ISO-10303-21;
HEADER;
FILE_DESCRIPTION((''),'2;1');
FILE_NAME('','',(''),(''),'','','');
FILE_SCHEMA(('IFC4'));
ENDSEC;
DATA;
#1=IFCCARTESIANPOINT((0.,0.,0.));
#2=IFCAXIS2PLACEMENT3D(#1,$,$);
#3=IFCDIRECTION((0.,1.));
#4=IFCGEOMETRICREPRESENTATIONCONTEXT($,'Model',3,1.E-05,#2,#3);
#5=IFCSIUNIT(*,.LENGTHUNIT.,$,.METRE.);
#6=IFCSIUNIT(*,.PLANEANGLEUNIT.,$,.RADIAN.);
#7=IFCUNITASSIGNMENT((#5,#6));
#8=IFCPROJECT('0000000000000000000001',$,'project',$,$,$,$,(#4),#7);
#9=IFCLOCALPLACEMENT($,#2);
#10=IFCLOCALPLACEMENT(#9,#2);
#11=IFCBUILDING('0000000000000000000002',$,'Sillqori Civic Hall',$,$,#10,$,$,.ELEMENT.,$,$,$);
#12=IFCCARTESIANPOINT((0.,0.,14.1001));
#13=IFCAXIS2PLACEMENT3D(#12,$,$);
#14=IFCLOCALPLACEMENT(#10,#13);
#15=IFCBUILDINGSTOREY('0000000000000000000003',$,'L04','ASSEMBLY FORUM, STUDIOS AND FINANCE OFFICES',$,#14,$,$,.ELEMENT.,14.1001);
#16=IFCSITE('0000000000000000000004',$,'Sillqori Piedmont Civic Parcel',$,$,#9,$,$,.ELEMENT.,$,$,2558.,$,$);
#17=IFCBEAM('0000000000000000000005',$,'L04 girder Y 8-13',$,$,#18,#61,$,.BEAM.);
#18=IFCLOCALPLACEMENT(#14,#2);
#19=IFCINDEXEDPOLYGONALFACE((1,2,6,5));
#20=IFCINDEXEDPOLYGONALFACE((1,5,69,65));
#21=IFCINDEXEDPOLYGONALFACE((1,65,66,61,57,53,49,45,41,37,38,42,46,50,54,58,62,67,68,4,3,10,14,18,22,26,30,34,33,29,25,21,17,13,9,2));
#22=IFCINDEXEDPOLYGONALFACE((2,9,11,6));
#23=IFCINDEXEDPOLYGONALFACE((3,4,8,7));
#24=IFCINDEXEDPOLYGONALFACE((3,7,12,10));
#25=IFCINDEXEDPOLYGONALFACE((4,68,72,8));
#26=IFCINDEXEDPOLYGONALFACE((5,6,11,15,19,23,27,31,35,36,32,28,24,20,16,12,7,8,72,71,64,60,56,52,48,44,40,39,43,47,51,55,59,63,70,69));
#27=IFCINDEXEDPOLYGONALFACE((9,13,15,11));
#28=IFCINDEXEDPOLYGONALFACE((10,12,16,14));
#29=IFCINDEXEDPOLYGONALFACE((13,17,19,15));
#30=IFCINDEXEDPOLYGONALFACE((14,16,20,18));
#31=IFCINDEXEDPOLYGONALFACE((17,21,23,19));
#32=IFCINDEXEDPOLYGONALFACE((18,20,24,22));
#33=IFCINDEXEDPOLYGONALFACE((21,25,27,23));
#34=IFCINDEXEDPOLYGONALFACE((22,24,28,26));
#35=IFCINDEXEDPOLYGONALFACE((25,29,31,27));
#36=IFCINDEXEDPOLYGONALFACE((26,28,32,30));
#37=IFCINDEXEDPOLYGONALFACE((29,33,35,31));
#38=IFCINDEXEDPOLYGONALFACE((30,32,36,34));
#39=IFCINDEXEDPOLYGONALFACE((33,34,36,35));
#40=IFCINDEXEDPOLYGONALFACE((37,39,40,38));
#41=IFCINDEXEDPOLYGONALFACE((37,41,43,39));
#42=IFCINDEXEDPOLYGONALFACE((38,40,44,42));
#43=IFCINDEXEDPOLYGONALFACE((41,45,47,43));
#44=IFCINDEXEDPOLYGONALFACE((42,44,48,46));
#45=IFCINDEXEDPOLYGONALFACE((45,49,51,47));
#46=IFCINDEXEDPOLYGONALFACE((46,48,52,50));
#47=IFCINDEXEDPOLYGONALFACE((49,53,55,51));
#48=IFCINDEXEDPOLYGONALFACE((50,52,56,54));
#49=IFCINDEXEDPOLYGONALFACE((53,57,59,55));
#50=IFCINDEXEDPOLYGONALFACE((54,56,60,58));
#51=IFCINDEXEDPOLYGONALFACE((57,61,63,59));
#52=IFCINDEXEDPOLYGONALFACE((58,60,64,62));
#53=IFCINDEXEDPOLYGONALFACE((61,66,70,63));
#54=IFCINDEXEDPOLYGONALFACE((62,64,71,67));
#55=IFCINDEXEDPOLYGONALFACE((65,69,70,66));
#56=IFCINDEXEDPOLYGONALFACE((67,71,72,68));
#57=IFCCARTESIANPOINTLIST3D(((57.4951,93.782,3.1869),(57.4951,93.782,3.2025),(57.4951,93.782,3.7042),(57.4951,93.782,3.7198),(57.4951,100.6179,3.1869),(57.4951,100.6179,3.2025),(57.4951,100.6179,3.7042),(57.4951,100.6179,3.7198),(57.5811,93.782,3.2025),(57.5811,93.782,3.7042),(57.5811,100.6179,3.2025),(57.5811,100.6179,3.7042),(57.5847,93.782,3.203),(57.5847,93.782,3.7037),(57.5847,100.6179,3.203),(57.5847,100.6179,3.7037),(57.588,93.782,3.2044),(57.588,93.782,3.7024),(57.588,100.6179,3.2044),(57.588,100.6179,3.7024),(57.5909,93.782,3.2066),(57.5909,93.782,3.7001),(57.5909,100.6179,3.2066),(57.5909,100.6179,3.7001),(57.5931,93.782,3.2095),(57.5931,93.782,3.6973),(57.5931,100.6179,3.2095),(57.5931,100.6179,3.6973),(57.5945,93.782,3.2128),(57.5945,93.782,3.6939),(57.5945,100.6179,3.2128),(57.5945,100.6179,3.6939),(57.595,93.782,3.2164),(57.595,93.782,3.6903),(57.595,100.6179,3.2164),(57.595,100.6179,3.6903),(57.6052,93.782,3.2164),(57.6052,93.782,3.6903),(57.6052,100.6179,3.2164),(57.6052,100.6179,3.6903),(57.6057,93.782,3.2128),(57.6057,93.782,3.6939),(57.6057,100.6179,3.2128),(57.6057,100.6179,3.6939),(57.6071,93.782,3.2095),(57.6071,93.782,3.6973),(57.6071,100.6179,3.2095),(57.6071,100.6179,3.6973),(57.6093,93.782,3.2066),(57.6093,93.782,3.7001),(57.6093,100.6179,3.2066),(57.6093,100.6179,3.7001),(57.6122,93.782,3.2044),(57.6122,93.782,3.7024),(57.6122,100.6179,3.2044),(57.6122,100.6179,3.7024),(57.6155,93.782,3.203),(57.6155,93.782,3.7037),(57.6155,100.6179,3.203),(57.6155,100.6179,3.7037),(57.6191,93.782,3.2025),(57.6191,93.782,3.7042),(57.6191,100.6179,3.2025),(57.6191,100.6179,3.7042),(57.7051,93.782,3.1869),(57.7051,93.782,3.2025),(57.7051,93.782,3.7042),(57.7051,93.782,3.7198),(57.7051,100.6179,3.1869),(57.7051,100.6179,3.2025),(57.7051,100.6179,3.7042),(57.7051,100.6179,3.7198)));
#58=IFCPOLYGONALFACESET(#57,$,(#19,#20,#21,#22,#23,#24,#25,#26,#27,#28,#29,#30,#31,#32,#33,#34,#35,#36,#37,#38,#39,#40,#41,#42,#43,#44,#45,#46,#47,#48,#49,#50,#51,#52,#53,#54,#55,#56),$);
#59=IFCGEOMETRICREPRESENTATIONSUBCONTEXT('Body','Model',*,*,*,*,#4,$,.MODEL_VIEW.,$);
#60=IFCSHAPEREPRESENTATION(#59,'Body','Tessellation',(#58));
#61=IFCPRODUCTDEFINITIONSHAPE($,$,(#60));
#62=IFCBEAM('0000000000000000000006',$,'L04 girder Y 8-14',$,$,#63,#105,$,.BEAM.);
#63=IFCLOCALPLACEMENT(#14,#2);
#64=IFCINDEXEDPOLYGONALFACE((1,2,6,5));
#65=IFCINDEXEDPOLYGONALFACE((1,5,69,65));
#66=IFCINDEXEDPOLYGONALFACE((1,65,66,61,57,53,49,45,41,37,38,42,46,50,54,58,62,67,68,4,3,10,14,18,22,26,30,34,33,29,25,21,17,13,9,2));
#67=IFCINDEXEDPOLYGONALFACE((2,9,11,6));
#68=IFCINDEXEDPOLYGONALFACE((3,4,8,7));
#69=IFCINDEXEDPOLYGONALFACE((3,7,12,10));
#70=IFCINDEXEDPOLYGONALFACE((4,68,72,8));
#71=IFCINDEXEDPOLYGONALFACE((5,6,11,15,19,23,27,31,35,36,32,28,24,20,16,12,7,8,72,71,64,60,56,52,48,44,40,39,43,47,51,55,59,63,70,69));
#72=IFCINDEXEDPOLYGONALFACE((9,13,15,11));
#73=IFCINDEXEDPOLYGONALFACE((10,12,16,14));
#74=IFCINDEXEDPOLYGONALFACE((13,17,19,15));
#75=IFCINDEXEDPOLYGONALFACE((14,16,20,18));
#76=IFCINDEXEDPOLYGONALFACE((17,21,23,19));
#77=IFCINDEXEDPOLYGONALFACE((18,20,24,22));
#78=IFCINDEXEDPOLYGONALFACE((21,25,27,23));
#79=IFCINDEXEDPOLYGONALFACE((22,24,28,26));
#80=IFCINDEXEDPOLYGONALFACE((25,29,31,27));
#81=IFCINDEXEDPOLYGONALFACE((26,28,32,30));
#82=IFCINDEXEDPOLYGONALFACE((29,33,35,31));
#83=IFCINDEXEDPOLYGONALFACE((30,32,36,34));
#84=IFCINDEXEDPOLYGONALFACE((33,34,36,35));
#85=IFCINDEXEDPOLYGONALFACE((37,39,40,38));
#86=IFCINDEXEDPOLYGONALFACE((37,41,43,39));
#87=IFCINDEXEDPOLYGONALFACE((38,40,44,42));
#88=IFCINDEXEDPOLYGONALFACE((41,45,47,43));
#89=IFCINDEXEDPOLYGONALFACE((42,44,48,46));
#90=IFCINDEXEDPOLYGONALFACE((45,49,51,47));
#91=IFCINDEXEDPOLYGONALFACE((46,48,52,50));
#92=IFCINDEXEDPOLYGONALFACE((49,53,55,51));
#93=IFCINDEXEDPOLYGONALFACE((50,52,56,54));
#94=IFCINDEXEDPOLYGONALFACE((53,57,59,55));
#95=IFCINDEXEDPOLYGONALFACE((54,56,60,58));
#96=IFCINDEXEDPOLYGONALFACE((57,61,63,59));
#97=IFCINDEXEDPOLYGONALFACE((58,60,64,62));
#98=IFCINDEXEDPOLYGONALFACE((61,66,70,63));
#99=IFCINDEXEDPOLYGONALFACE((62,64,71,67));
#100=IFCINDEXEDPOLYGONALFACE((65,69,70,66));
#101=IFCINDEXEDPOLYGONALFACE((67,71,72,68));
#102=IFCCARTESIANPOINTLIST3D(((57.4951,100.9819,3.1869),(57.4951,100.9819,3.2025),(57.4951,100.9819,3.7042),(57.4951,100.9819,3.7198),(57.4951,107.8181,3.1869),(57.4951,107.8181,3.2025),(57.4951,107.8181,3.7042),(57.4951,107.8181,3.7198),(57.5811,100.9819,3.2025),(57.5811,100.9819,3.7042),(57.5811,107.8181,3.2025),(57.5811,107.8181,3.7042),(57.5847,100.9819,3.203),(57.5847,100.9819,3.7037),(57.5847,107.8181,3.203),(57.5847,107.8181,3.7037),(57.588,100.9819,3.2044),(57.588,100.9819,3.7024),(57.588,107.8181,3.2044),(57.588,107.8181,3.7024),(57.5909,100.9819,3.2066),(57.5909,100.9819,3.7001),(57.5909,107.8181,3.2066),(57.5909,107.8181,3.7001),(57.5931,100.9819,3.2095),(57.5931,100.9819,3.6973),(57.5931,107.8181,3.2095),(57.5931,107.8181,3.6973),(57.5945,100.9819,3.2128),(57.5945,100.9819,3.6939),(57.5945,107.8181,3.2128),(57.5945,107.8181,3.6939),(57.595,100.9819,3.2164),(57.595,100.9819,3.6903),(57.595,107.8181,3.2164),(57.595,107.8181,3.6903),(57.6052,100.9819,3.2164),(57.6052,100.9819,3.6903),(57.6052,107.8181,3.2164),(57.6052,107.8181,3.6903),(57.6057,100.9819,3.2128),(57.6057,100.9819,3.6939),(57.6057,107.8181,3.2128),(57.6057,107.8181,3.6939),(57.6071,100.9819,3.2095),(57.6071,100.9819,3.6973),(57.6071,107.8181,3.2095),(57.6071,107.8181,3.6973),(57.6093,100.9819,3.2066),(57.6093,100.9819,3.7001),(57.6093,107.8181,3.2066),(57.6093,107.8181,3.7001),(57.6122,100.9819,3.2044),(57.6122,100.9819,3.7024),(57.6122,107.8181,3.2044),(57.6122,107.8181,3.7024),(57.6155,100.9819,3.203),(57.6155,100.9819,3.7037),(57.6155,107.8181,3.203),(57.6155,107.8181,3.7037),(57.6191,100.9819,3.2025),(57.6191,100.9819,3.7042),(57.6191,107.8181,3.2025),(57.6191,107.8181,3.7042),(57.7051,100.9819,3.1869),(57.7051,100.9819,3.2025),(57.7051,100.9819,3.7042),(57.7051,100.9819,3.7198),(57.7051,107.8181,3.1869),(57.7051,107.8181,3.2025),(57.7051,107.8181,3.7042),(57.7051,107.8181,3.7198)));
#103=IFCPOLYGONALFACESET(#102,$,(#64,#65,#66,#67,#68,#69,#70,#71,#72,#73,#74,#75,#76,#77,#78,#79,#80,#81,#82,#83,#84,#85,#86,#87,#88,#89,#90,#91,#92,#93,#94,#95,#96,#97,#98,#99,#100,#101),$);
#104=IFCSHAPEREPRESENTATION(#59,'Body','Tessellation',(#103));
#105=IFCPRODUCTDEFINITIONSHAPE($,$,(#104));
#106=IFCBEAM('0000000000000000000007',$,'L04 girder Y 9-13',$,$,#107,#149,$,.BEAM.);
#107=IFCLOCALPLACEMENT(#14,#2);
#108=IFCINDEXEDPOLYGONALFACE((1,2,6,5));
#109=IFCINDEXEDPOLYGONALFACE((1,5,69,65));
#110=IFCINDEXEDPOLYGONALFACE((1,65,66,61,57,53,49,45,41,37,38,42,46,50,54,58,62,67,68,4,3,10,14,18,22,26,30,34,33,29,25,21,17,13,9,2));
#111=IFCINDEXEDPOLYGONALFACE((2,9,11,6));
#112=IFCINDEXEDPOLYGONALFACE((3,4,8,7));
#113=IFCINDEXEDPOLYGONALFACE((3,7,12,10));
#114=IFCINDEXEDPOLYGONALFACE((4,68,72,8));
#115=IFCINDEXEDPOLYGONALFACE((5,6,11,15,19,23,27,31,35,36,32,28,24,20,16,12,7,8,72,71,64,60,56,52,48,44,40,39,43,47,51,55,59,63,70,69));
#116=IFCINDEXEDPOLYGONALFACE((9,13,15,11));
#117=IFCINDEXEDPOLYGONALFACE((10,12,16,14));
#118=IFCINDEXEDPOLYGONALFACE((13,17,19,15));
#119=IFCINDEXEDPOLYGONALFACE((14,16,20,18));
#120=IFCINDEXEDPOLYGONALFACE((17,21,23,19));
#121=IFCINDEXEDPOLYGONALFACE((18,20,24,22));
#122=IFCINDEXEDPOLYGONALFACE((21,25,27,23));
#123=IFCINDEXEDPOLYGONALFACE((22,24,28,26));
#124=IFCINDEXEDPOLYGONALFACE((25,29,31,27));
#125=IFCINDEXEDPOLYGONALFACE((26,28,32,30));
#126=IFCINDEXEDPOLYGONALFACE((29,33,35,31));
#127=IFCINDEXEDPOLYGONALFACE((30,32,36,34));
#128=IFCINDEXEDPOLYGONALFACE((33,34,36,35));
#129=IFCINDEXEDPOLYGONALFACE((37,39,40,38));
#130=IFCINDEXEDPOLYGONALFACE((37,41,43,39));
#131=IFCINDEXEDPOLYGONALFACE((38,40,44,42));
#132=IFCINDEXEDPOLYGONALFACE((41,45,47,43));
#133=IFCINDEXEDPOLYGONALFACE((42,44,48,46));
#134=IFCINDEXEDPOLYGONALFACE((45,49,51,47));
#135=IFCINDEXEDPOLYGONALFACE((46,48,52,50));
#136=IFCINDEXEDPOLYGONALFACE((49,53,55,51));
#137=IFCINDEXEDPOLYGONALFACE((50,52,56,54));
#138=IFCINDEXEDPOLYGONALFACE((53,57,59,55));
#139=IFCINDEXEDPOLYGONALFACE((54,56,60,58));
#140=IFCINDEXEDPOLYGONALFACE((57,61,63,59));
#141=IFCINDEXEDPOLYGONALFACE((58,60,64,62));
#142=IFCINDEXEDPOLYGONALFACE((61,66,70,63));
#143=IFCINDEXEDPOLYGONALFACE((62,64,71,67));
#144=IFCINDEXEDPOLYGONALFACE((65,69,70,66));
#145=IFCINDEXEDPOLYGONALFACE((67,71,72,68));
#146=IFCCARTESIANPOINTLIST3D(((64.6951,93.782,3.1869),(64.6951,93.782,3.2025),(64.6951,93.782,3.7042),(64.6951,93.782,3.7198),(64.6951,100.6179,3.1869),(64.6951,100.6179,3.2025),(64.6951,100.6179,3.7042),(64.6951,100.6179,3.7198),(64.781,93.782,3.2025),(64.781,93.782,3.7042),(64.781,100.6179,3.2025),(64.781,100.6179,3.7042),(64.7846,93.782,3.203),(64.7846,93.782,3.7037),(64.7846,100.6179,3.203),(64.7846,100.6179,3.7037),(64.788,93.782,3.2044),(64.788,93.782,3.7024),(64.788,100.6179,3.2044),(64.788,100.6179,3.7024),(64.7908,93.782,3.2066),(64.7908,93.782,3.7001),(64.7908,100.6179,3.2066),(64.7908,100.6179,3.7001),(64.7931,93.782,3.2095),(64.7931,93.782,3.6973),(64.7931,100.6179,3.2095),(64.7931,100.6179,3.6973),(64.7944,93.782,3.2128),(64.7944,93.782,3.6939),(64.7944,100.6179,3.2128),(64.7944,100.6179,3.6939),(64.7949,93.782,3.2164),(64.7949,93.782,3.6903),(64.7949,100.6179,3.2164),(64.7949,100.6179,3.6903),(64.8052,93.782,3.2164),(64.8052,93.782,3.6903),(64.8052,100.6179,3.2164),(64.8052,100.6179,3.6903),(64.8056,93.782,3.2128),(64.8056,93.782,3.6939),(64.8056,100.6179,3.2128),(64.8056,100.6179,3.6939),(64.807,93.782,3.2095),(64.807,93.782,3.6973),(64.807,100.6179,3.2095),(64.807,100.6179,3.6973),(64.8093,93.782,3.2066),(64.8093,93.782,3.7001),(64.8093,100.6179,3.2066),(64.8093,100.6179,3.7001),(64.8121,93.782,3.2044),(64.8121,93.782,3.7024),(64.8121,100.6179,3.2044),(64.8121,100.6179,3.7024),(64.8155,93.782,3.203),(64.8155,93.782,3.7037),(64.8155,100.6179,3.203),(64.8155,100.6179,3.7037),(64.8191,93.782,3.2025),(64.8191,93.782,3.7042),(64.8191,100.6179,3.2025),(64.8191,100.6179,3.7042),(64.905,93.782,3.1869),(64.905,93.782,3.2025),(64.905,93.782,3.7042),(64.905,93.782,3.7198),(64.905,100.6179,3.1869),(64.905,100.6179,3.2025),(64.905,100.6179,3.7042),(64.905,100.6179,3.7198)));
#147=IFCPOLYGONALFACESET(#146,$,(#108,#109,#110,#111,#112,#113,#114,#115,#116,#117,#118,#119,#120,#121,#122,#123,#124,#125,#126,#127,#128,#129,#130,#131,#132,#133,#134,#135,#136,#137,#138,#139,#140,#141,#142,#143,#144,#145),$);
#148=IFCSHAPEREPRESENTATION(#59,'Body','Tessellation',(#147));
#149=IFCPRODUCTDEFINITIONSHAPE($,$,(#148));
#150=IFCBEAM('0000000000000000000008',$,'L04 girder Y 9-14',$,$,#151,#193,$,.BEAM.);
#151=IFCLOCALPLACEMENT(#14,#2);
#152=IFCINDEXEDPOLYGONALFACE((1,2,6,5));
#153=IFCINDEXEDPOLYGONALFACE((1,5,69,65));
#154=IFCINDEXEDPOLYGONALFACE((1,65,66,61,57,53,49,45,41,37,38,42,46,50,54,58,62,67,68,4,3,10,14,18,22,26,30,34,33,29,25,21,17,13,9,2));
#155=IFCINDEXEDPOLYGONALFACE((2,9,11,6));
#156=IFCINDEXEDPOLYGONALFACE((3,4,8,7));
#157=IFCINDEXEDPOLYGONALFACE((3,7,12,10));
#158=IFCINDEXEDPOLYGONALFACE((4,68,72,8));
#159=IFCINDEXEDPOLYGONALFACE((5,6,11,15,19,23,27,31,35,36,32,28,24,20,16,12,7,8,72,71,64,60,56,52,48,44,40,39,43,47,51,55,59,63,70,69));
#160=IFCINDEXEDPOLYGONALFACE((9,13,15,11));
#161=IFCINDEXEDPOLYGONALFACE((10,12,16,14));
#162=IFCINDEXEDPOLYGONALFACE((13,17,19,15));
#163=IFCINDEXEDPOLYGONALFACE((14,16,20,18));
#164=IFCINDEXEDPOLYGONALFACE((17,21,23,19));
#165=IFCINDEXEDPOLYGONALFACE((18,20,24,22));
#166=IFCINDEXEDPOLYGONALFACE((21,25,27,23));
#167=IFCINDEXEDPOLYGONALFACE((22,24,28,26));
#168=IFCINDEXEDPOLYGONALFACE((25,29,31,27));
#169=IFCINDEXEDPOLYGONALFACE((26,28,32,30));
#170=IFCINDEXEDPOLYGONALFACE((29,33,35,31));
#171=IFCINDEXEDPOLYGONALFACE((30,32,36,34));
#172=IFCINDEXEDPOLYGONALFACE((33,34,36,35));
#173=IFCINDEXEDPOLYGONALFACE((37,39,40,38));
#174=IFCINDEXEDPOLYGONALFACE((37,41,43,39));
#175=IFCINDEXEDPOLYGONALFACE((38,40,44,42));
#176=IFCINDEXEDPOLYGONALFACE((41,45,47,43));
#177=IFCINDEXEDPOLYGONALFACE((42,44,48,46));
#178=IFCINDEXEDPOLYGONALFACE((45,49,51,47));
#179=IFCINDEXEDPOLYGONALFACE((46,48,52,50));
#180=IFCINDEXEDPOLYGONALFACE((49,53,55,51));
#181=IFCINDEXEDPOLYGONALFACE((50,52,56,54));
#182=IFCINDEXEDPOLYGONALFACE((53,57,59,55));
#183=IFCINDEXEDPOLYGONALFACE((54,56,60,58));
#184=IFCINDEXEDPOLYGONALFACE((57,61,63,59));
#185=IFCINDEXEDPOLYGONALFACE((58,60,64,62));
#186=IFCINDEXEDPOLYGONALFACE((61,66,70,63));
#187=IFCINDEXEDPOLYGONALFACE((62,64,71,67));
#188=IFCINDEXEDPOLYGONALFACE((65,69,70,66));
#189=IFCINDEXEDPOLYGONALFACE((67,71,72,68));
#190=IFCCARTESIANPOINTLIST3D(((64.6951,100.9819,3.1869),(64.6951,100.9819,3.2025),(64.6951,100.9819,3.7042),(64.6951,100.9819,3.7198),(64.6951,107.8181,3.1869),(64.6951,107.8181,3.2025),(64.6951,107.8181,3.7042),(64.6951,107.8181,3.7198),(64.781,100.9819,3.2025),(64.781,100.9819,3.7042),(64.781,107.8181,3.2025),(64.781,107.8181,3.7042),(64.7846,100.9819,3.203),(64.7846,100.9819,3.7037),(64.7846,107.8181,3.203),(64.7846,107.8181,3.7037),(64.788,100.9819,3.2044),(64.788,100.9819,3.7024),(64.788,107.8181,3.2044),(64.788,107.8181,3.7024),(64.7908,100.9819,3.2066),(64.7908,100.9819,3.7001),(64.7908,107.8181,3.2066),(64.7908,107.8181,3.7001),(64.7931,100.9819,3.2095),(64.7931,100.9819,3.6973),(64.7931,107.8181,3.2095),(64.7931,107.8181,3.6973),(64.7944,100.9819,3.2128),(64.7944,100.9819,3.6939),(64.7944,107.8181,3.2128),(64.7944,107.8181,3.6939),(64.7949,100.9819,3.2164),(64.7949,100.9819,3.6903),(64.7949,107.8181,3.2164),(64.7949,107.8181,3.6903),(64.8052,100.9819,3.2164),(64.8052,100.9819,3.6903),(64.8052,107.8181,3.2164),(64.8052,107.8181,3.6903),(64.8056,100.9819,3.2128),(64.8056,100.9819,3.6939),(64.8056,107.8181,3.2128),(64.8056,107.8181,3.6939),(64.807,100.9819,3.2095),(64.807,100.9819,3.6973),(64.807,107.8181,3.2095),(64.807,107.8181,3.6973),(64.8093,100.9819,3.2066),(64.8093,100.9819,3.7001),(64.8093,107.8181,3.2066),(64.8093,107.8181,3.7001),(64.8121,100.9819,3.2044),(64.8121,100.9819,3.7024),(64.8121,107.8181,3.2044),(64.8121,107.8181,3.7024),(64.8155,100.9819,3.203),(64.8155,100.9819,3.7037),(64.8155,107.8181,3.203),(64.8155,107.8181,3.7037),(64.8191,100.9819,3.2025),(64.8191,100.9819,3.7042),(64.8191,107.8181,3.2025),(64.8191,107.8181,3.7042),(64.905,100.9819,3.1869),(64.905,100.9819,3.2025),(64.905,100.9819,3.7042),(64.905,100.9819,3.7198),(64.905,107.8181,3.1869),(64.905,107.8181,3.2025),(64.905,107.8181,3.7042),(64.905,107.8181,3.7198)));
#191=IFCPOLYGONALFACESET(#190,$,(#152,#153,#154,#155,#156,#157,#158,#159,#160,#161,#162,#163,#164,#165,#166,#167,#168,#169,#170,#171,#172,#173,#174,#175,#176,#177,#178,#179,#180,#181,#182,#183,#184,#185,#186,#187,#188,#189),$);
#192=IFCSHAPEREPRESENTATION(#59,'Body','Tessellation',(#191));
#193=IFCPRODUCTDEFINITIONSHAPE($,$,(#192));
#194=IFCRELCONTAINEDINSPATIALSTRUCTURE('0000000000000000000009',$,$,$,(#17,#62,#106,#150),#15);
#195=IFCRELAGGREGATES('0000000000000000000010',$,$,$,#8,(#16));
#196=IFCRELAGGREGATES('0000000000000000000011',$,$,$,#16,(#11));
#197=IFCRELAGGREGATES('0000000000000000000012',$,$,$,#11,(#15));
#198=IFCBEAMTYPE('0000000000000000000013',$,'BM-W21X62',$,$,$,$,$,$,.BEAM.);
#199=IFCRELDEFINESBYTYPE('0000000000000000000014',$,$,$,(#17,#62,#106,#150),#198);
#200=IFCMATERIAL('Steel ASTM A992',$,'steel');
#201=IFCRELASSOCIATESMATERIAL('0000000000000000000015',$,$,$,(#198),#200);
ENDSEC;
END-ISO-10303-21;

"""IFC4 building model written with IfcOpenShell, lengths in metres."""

from ifc_helpers import new_model, si_unit, direction, frame, origin, origin_2d, place, context, subcontext, project, spatial, i_section, extrude, material, material_profile, profile_set, type_object, element, save


model = new_model("IFC4")

# Units and contexts
model_context = context("Model", 3, precision=1e-05, world=origin(), true_north=direction((0.0, 1.0)))
body_context = subcontext(model_context, "Body", "Model", "MODEL_VIEW")
ifc_project = project(units=[si_unit("LENGTHUNIT", "METRE"), si_unit("PLANEANGLEUNIT", "RADIAN")], contexts=[model_context])

# Site, building, storey
site_placement = place(None, origin())
site = spatial("IfcSite", under=ifc_project, at=site_placement, Name="Sillqori Piedmont Civic Parcel", CompositionType="ELEMENT", RefElevation=2558.0)
building_placement = place(site_placement, origin())
building = spatial("IfcBuilding", under=site, at=building_placement, Name="Sillqori Civic Hall", CompositionType="ELEMENT")
storey_placement = place(building_placement, frame((0.0, 0.0, 14.1001)))
storey = spatial("IfcBuildingStorey", under=building, at=storey_placement, Name="L04", Description="ASSEMBLY FORUM, STUDIOS AND FINANCE OFFICES", CompositionType="ELEMENT", Elevation=14.1001)

# Shared definitions
ifc_material_1 = material(Name="Steel ASTM A992", Category="steel")

# Beams
ifc_material_profile_1 = material_profile(ifc_material_1, i_section(OverallWidth=0.21, OverallDepth=0.533, WebThickness=0.0103, FlangeThickness=0.0156, FilletRadius=0.0139, at=origin_2d()), Name="W21X62")
ifc_profile_set_1 = profile_set([ifc_material_profile_1], Name="Steel ASTM A992")
beam_type_1 = type_object("IfcBeamType", Name="BM-W21X62", PredefinedType="BEAM", material=ifc_profile_set_1)
beam_1_placement = place(storey_placement, frame((57.6001, 93.782, 3.4534), z_axis=(0.0, 1.0, 0.0), x_axis=(-1.0, 0.0, 0.0)))
element("IfcBeam", 1, at=beam_1_placement, inside=storey, type_object=beam_type_1, Name="L04 girder Y 8-13", PredefinedType="BEAM", context=body_context, shape_type="SweptSolid", body=[
    extrude(i_section(OverallWidth=0.21, OverallDepth=0.533, WebThickness=0.0103, FlangeThickness=0.0156, FilletRadius=0.0139, at=origin_2d()), origin(), (0.0, 0.0, 1.0), 6.8359),
])
beam_2_placement = place(storey_placement, frame((57.6001, 100.9819, 3.4534), z_axis=(0.0, 1.0, 0.0), x_axis=(-1.0, 0.0, 0.0)))
element("IfcBeam", 2, at=beam_2_placement, inside=storey, type_object=beam_type_1, Name="L04 girder Y 8-14", PredefinedType="BEAM", context=body_context, shape_type="SweptSolid", body=[
    extrude(i_section(OverallWidth=0.21, OverallDepth=0.533, WebThickness=0.0103, FlangeThickness=0.0156, FilletRadius=0.0139, at=origin_2d()), origin(), (0.0, 0.0, 1.0), 6.8362),
])
beam_3_placement = place(storey_placement, frame((64.8, 93.782, 3.4534), z_axis=(0.0, 1.0, 0.0), x_axis=(-1.0, 0.0, 0.0)))
element("IfcBeam", 3, at=beam_3_placement, inside=storey, type_object=beam_type_1, Name="L04 girder Y 9-13", PredefinedType="BEAM", context=body_context, shape_type="SweptSolid", body=[
    extrude(i_section(OverallWidth=0.21, OverallDepth=0.533, WebThickness=0.0103, FlangeThickness=0.0156, FilletRadius=0.0139, at=origin_2d()), origin(), (0.0, 0.0, 1.0), 6.8359),
])
beam_4_placement = place(storey_placement, frame((64.8, 100.9819, 3.4534), z_axis=(0.0, 1.0, 0.0), x_axis=(-1.0, 0.0, 0.0)))
element("IfcBeam", 4, at=beam_4_placement, inside=storey, type_object=beam_type_1, Name="L04 girder Y 9-14", PredefinedType="BEAM", context=body_context, shape_type="SweptSolid", body=[
    extrude(i_section(OverallWidth=0.21, OverallDepth=0.533, WebThickness=0.0103, FlangeThickness=0.0156, FilletRadius=0.0139, at=origin_2d()), origin(), (0.0, 0.0, 1.0), 6.8362),
])

save(model, "model.ifc")
